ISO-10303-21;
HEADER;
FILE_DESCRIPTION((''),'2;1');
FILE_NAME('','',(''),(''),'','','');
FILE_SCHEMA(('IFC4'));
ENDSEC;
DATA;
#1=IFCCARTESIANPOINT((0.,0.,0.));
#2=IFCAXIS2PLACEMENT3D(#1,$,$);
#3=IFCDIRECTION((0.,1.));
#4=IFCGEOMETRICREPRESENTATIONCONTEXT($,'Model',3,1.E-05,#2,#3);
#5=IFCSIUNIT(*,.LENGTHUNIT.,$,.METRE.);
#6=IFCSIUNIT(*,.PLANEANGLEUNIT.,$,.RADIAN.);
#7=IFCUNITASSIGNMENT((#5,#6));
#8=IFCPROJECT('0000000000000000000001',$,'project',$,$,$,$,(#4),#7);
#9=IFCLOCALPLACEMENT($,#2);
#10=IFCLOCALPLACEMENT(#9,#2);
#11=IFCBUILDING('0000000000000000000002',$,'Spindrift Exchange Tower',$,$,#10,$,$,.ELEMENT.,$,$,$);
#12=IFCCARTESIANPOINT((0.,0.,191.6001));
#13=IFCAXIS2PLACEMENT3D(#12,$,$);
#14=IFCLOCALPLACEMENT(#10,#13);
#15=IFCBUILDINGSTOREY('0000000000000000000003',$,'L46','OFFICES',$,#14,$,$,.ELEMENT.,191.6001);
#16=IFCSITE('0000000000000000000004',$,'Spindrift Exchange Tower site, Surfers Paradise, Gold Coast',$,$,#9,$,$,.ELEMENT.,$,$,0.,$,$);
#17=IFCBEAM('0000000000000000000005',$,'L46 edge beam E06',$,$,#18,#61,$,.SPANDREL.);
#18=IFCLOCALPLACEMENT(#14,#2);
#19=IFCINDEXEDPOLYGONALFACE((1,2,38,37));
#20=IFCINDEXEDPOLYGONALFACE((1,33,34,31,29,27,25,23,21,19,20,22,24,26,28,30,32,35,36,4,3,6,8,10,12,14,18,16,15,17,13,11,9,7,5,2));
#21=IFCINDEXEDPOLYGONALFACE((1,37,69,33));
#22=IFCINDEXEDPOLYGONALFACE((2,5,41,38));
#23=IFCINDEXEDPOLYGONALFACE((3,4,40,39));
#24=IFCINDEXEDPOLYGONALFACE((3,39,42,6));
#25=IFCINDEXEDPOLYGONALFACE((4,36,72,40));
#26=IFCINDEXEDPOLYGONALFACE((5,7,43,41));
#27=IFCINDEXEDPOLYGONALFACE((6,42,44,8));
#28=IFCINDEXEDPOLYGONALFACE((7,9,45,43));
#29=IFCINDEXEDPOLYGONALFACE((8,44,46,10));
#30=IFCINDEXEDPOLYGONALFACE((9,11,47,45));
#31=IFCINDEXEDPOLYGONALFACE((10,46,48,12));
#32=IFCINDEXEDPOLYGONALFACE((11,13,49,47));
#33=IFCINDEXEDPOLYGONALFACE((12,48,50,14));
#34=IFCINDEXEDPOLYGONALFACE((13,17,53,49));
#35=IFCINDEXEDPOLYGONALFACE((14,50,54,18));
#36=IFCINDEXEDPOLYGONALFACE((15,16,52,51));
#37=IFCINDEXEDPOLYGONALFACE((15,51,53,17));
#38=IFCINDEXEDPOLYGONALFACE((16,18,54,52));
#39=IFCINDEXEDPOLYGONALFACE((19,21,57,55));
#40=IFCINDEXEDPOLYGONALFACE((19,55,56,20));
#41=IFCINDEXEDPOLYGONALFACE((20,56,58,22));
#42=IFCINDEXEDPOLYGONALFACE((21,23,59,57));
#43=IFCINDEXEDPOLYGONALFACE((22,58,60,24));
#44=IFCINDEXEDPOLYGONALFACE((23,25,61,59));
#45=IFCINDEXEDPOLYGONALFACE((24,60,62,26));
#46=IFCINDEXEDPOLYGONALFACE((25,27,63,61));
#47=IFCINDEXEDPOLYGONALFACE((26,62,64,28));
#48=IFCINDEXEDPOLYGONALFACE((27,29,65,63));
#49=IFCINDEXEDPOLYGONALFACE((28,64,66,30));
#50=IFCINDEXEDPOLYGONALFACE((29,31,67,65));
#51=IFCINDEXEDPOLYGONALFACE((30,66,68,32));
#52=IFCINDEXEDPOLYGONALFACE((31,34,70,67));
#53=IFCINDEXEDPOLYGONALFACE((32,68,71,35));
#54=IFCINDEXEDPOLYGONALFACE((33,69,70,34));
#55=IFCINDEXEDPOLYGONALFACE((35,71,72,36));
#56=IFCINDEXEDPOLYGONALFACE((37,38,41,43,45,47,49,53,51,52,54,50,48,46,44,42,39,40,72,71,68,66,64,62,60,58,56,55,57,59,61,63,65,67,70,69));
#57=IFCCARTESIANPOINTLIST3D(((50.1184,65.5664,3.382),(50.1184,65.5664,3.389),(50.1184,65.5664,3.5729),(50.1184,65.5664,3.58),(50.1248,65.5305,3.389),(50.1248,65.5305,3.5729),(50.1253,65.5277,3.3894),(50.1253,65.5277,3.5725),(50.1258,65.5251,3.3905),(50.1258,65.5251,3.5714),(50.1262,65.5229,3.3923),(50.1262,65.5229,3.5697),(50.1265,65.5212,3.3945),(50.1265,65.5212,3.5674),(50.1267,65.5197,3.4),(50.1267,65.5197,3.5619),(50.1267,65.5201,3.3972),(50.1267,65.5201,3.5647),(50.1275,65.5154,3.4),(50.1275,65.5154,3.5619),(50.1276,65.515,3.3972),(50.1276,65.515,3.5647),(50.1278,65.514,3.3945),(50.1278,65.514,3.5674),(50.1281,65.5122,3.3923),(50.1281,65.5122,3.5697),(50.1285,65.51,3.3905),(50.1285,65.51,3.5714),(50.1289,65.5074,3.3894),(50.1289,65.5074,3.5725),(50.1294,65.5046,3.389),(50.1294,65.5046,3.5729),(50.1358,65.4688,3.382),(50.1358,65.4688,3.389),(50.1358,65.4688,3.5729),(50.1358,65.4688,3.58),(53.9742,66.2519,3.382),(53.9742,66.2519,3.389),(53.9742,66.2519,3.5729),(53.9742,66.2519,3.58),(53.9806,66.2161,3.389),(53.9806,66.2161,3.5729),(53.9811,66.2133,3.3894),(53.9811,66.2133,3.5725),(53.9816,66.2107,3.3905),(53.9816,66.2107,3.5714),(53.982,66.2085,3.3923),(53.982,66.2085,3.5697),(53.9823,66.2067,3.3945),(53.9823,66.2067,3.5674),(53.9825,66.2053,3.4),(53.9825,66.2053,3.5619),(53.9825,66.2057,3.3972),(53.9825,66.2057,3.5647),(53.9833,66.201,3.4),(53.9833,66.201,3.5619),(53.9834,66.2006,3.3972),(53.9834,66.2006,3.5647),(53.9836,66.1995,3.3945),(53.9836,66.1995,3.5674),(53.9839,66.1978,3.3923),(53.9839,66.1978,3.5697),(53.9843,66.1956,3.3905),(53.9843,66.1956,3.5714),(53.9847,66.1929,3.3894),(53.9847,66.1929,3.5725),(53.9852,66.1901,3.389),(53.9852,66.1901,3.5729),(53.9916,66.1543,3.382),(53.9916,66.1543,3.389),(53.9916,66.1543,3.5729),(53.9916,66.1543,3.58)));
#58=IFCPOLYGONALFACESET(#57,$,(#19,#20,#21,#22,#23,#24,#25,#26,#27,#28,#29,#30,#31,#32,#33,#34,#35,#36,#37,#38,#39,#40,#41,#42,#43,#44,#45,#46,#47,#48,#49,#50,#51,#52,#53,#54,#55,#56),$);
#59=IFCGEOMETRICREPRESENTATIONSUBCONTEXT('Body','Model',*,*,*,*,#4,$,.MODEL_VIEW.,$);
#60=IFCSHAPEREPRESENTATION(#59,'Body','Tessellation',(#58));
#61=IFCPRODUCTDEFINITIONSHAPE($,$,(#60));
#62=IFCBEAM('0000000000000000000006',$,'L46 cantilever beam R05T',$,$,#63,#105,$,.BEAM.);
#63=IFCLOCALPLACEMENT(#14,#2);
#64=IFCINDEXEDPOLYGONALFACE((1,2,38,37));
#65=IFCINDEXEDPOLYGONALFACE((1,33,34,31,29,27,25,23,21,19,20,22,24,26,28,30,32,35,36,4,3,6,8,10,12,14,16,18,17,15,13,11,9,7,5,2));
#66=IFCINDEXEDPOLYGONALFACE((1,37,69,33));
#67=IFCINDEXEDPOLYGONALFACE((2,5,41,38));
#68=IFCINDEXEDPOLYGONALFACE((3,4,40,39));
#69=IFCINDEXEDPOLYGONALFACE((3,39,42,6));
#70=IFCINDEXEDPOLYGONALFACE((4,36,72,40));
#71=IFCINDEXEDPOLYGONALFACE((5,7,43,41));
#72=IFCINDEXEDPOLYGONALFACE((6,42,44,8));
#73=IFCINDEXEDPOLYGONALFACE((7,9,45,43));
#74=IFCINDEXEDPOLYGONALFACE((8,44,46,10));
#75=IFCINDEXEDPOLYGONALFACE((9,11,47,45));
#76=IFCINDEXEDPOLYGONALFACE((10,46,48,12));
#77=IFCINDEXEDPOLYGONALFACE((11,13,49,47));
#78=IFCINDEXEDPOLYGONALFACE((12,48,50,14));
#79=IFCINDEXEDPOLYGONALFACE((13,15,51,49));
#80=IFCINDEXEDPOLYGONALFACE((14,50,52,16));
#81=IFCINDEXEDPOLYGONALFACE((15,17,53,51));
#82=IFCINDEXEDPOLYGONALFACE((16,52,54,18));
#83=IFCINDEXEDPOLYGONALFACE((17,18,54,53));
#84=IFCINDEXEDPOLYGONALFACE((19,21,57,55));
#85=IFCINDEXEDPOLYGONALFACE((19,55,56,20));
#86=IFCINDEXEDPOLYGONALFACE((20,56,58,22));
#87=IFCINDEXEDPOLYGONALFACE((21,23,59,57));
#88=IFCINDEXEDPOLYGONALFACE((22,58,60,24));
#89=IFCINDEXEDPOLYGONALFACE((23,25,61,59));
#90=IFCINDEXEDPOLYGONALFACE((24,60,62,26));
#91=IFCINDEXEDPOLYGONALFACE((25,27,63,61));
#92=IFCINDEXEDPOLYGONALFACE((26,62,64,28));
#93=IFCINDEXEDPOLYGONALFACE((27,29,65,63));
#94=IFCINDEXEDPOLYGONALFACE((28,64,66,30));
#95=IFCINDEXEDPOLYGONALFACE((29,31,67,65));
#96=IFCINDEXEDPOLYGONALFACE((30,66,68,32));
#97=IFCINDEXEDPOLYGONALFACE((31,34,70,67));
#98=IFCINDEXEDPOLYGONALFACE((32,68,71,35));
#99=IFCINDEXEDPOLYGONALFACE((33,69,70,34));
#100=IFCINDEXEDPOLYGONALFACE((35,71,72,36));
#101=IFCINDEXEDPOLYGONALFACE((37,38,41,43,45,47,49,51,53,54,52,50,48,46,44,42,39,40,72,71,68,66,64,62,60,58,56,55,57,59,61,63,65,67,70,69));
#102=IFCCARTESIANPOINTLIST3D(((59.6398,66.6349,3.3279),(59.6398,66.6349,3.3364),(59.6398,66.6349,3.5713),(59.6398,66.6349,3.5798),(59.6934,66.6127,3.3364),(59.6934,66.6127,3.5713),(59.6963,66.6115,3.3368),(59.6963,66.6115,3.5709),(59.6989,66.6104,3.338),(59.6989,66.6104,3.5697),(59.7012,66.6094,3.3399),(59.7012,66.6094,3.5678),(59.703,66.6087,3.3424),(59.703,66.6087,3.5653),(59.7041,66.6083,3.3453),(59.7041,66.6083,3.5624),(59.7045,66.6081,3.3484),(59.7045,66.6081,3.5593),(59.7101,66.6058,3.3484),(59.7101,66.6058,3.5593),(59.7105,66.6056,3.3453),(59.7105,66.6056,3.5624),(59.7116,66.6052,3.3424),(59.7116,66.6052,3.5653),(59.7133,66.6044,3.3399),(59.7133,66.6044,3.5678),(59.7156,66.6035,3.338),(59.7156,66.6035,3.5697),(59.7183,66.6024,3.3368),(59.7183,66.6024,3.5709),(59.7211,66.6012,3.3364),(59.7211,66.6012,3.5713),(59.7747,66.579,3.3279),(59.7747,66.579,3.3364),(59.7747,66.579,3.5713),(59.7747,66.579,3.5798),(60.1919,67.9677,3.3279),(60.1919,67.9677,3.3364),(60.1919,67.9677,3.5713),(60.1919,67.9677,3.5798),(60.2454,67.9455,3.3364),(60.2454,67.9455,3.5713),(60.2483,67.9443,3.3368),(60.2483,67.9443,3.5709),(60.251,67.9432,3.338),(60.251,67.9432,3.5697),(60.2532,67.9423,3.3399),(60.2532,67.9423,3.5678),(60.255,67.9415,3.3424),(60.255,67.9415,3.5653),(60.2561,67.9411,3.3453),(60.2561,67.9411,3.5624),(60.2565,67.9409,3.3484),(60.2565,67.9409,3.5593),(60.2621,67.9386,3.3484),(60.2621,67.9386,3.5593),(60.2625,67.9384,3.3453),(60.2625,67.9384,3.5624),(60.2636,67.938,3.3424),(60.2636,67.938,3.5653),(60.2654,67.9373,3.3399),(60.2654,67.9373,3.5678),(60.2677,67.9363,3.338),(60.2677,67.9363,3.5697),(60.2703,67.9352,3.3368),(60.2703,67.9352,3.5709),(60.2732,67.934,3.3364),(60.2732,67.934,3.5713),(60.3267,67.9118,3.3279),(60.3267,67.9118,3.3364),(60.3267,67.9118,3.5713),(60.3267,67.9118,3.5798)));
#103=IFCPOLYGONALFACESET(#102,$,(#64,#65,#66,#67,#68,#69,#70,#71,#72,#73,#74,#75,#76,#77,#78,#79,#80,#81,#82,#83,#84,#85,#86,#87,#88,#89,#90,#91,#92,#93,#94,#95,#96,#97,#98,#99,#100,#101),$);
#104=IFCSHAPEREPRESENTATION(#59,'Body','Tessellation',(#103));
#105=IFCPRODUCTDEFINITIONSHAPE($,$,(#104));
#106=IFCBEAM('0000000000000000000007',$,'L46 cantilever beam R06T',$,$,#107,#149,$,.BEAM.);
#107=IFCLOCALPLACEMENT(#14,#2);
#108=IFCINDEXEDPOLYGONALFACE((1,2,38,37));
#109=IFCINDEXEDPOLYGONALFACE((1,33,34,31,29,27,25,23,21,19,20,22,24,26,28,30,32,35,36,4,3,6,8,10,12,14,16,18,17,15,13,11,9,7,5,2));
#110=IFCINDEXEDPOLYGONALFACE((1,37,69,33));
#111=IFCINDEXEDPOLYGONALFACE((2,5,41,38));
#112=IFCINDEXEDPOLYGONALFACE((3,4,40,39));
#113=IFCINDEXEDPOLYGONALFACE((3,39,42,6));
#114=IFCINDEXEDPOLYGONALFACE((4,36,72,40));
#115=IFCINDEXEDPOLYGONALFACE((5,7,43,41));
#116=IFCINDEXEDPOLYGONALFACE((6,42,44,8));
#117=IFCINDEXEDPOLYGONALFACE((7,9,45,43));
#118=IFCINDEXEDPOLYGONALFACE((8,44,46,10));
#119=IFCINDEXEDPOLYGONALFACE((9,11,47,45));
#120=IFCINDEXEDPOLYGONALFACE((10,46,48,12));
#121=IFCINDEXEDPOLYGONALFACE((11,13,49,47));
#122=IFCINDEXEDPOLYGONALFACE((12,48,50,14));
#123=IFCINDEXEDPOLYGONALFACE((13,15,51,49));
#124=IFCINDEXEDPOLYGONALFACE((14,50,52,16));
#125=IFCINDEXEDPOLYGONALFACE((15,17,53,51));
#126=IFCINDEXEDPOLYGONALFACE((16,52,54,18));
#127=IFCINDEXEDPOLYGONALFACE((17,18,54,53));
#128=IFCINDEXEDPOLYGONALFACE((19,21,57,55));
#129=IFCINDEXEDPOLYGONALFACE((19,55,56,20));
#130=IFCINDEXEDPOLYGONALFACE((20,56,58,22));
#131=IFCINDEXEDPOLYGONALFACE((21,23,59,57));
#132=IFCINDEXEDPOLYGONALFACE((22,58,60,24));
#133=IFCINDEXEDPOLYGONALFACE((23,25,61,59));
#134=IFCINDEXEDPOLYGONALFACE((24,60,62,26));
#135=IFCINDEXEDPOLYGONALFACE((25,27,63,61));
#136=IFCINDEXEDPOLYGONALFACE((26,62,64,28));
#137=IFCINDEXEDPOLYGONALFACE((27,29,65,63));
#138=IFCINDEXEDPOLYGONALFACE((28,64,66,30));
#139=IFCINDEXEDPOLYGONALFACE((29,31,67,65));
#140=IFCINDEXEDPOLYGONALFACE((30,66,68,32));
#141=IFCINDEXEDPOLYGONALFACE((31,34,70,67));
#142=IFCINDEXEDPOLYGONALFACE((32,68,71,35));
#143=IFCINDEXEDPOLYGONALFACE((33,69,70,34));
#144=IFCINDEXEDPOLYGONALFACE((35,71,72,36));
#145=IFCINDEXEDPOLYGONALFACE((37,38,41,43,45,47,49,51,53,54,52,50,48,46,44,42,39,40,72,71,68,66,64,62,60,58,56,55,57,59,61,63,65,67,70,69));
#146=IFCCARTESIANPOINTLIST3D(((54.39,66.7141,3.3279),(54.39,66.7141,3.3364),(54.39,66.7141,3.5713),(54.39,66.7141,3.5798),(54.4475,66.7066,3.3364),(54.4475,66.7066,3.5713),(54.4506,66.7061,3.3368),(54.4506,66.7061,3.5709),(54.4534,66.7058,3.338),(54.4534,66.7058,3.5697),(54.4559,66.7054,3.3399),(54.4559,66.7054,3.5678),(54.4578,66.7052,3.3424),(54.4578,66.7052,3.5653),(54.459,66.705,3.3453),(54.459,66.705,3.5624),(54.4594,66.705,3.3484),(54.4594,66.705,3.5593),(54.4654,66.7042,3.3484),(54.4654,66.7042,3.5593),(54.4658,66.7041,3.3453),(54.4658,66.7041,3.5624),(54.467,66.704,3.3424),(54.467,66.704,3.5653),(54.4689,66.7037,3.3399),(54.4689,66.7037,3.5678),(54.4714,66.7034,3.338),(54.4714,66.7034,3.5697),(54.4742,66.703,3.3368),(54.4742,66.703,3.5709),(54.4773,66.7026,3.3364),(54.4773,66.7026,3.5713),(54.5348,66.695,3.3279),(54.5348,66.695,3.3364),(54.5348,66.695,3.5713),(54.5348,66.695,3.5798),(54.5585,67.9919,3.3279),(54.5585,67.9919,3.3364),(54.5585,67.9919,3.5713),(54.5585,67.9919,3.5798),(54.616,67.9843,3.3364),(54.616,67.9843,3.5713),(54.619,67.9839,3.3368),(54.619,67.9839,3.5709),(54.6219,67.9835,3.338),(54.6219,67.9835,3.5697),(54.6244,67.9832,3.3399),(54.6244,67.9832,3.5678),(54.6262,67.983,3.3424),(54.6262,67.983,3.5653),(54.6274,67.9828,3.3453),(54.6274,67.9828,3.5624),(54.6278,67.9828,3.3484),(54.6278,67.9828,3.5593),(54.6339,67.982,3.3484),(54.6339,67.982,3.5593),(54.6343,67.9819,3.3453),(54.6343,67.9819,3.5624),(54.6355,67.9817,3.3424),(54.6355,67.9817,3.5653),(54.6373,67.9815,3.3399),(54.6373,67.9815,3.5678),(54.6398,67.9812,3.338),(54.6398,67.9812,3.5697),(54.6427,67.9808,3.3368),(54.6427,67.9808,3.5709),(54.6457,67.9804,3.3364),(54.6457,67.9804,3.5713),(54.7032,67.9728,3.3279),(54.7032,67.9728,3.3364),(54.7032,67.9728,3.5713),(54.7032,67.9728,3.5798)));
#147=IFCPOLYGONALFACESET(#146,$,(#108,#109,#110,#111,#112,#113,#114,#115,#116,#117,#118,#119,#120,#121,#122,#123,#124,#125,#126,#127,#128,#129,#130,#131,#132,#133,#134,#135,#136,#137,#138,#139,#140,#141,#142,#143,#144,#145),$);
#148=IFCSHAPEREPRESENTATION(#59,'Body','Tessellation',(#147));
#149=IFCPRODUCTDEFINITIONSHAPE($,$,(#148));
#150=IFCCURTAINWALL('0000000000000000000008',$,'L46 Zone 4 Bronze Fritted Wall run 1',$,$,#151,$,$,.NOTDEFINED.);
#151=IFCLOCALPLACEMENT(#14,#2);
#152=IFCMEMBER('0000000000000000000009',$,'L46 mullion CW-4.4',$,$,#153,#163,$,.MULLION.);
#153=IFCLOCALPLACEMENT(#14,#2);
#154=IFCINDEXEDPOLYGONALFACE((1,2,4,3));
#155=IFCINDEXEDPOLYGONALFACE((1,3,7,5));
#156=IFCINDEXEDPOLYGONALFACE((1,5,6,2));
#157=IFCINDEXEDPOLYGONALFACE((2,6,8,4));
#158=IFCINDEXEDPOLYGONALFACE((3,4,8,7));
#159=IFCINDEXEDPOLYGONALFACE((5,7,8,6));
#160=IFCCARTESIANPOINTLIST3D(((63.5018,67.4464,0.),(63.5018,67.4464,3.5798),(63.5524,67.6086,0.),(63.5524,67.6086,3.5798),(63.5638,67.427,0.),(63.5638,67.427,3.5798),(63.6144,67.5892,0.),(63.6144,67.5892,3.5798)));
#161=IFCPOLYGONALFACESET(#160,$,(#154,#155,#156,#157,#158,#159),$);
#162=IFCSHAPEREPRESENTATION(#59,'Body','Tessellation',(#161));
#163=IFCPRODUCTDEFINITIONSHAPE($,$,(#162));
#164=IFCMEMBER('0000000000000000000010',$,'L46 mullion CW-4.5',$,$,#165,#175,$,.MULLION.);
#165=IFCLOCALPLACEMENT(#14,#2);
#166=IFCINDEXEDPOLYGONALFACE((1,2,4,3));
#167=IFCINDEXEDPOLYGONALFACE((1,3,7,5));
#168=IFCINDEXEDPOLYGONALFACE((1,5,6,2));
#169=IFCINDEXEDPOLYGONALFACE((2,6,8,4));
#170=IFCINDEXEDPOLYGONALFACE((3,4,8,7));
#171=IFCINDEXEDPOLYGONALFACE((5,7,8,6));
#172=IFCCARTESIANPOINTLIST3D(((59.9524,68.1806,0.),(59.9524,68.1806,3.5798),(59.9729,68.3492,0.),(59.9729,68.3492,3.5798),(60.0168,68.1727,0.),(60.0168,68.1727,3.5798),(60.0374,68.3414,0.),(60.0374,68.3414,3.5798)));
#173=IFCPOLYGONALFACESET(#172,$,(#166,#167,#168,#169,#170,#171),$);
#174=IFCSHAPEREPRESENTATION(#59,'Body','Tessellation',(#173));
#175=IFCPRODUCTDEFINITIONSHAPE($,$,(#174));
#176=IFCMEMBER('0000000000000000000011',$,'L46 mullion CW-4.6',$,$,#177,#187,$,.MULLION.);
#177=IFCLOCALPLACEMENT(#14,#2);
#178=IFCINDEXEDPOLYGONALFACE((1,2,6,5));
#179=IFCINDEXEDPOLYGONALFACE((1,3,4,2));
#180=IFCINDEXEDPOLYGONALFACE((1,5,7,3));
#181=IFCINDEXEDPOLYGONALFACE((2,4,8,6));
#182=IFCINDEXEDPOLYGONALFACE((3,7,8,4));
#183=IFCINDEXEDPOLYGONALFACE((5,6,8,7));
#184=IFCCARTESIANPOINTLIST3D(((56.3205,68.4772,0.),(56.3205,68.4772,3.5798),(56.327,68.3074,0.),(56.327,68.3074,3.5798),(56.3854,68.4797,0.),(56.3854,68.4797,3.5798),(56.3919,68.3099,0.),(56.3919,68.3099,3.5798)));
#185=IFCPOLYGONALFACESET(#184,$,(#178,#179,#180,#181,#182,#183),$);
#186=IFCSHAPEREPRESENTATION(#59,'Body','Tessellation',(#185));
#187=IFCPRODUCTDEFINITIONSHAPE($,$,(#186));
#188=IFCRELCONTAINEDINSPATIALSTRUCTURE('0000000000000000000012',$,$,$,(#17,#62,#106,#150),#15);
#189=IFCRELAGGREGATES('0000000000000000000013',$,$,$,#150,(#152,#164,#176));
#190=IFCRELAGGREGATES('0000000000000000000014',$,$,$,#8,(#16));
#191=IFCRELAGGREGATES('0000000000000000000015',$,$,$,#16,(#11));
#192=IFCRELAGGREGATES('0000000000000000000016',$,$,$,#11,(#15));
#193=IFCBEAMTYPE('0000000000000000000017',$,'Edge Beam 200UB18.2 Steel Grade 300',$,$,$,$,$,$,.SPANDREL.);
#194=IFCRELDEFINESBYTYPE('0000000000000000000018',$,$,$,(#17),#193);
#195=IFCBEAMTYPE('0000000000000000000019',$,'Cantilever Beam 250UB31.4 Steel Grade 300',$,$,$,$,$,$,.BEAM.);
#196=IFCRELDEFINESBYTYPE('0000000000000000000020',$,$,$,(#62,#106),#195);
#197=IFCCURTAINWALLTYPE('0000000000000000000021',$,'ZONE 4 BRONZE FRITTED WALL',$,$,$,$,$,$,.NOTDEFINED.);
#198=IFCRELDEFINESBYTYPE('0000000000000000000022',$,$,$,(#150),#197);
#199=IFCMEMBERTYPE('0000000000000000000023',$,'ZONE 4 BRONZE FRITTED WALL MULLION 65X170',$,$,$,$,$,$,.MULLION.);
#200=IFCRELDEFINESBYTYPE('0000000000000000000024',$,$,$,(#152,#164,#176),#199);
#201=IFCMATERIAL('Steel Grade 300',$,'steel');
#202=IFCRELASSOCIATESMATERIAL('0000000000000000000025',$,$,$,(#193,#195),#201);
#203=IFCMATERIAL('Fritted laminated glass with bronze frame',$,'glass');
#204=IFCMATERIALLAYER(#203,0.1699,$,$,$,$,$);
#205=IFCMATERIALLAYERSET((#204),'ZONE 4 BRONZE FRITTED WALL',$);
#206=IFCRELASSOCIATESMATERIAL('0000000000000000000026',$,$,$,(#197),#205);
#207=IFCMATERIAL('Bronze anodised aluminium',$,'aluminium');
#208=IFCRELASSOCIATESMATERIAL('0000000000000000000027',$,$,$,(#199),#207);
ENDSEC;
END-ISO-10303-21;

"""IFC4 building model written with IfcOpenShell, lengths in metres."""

from ifc_helpers import new_model, si_unit, direction, frame, origin, origin_2d, place, context, subcontext, project, spatial, rectangle, i_section, extrude, source, transform, mapped, material, layer, layer_set, material_profile, profile_set, type_object, element, aggregate, save


model = new_model("IFC4")

# Units and contexts
model_context = context("Model", 3, precision=1e-05, world=origin(), true_north=direction((0.0, 1.0)))
body_context = subcontext(model_context, "Body", "Model", "MODEL_VIEW")
ifc_project = project(units=[si_unit("LENGTHUNIT", "METRE"), si_unit("PLANEANGLEUNIT", "RADIAN")], contexts=[model_context])

# Site, building, storey
site_placement = place(None, origin())
site = spatial("IfcSite", under=ifc_project, at=site_placement, Name="Spindrift Exchange Tower site, Surfers Paradise, Gold Coast", CompositionType="ELEMENT", RefElevation=0.0)
building_placement = place(site_placement, origin())
building = spatial("IfcBuilding", under=site, at=building_placement, Name="Spindrift Exchange Tower", CompositionType="ELEMENT")
storey_placement = place(building_placement, frame((0.0, 0.0, 191.6001)))
storey = spatial("IfcBuildingStorey", under=building, at=storey_placement, Name="L46", Description="OFFICES", CompositionType="ELEMENT", Elevation=191.6001)

# Beams
ifc_material_1 = material(Name="Steel Grade 300", Category="steel")
ifc_material_profile_1 = material_profile(ifc_material_1, i_section(OverallWidth=0.0991, OverallDepth=0.198, WebThickness=0.0044, FlangeThickness=0.0071, FilletRadius=0.011, at=origin_2d()), Name="200UB18.2")
ifc_profile_set_1 = profile_set([ifc_material_profile_1], Name="Steel Grade 300")
beam_type_1 = type_object("IfcBeamType", Name="Edge Beam 200UB18.2 Steel Grade 300", PredefinedType="SPANDREL", material=ifc_profile_set_1)
shared_shape_1 = source(origin(), body_context, "Body", "SweptSolid", [
    extrude(i_section(OverallWidth=0.0991, OverallDepth=0.198, WebThickness=0.0044, FlangeThickness=0.0071, FilletRadius=0.011, at=origin_2d()), origin(), (0.0, 0.0, 1.0), 3.9163),
])
beam_1_placement = place(storey_placement, frame((53.9829, 66.2031, 3.481), z_axis=(-0.984559, -0.175055, 0.0), x_axis=(0.175055, -0.984559, 0.0)))
element("IfcBeam", 1, at=beam_1_placement, inside=storey, type_object=beam_type_1, Name="L46 edge beam E06", PredefinedType="SPANDREL", context=body_context, shape_type="MappedRepresentation", body=[
    mapped(shared_shape_1, transform((0.0, 0.0, 0.0), scale=1.0)),
])
ifc_material_profile_2 = material_profile(ifc_material_1, i_section(OverallWidth=0.146, OverallDepth=0.252, WebThickness=0.0061, FlangeThickness=0.0085, FilletRadius=0.012, at=origin_2d()), Name="250UB31.4")
ifc_profile_set_2 = profile_set([ifc_material_profile_2], Name="Steel Grade 300")
beam_type_2 = type_object("IfcBeamType", Name="Cantilever Beam 250UB31.4 Steel Grade 300", PredefinedType="BEAM", material=ifc_profile_set_2)
shared_shape_2 = source(origin(), body_context, "Body", "SweptSolid", [
    extrude(i_section(OverallWidth=0.146, OverallDepth=0.252, WebThickness=0.0061, FlangeThickness=0.0085, FilletRadius=0.012, at=origin_2d()), origin(), (0.0, 0.0, 1.0), 1.4426),
])
beam_2_placement = place(storey_placement, frame((59.7073, 66.6069, 3.4539), z_axis=(0.382656, 0.923891, 0.0), x_axis=(-0.923891, 0.382656, 0.0)))
element("IfcBeam", 2, at=beam_2_placement, inside=storey, type_object=beam_type_2, Name="L46 cantilever beam R05T", PredefinedType="BEAM", context=body_context, shape_type="MappedRepresentation", body=[
    mapped(shared_shape_2, transform((0.0, 0.0, 0.0), scale=1.0)),
])
shared_shape_3 = source(origin(), body_context, "Body", "SweptSolid", [
    extrude(i_section(OverallWidth=0.146, OverallDepth=0.252, WebThickness=0.0061, FlangeThickness=0.0085, FilletRadius=0.012, at=origin_2d()), origin(), (0.0, 0.0, 1.0), 1.2888),
])
beam_3_placement = place(storey_placement, frame((54.4624, 66.7046, 3.4539), z_axis=(0.1307, 0.991422, 0.0), x_axis=(-0.991422, 0.1307, 0.0)))
element("IfcBeam", 3, at=beam_3_placement, inside=storey, type_object=beam_type_2, Name="L46 cantilever beam R06T", PredefinedType="BEAM", context=body_context, shape_type="MappedRepresentation", body=[
    mapped(shared_shape_3, transform((0.0, 0.0, 0.0), scale=1.0)),
])

# Curtain wall, members
ifc_material_2 = material(Name="Fritted laminated glass with bronze frame", Category="glass")
ifc_layer_1 = layer(ifc_material_2, 0.1699)
ifc_layer_set_1 = layer_set([ifc_layer_1], Name="ZONE 4 BRONZE FRITTED WALL")
curtain_wall_type = type_object("IfcCurtainWallType", Name="ZONE 4 BRONZE FRITTED WALL", PredefinedType="NOTDEFINED", material=ifc_layer_set_1)
curtain_wall_1_placement = place(storey_placement, origin())
curtain_wall_1 = element("IfcCurtainWall", 4, at=curtain_wall_1_placement, inside=storey, type_object=curtain_wall_type, Name="L46 Zone 4 Bronze Fritted Wall run 1", PredefinedType="NOTDEFINED")
ifc_material_3 = material(Name="Bronze anodised aluminium", Category="aluminium")
ifc_material_profile_3 = material_profile(ifc_material_3, rectangle(XDim=0.0649, YDim=0.1699, at=origin_2d()), Name="ZONE 4 BRONZE FRITTED WALL MULLION 65X170")
ifc_profile_set_3 = profile_set([ifc_material_profile_3], Name="Bronze anodised aluminium")
member_type_1 = type_object("IfcMemberType", Name="ZONE 4 BRONZE FRITTED WALL MULLION 65X170", PredefinedType="MULLION", material=ifc_profile_set_3)
shared_shape_4 = source(origin(), body_context, "Body", "SweptSolid", [
    extrude(rectangle(XDim=0.0649, YDim=0.1699, at=origin_2d()), origin(), (0.0, 0.0, 1.0), 3.5798),
])
member_1_placement = place(storey_placement, frame((63.5581, 67.5178, 0.0), z_axis=(0.0, 0.0, 1.0), x_axis=(-0.954529, 0.298118, 0.0)))
member_1 = element("IfcMember", 5, at=member_1_placement, type_object=member_type_1, Name="L46 mullion CW-4.4", PredefinedType="MULLION", context=body_context, shape_type="MappedRepresentation", body=[
    mapped(shared_shape_4, transform((0.0, 0.0, 0.0), scale=1.0)),
])
member_2_placement = place(storey_placement, frame((59.9949, 68.261, 0.0), z_axis=(0.0, 0.0, 1.0), x_axis=(-0.992685, 0.120731, 0.0)))
member_2 = element("IfcMember", 6, at=member_2_placement, type_object=member_type_1, Name="L46 mullion CW-4.5", PredefinedType="MULLION", context=body_context, shape_type="MappedRepresentation", body=[
    mapped(shared_shape_4, transform((0.0, 0.0, 0.0), scale=1.0)),
])
member_3_placement = place(storey_placement, frame((56.3562, 68.3936, 0.0), z_axis=(0.0, 0.0, 1.0), x_axis=(-0.999267, -0.038271, 0.0)))
member_3 = element("IfcMember", 7, at=member_3_placement, type_object=member_type_1, Name="L46 mullion CW-4.6", PredefinedType="MULLION", context=body_context, shape_type="MappedRepresentation", body=[
    mapped(shared_shape_4, transform((0.0, 0.0, 0.0), scale=1.0)),
])

aggregate(curtain_wall_1, [member_1, member_2, member_3])

save(model, "model.ifc")
